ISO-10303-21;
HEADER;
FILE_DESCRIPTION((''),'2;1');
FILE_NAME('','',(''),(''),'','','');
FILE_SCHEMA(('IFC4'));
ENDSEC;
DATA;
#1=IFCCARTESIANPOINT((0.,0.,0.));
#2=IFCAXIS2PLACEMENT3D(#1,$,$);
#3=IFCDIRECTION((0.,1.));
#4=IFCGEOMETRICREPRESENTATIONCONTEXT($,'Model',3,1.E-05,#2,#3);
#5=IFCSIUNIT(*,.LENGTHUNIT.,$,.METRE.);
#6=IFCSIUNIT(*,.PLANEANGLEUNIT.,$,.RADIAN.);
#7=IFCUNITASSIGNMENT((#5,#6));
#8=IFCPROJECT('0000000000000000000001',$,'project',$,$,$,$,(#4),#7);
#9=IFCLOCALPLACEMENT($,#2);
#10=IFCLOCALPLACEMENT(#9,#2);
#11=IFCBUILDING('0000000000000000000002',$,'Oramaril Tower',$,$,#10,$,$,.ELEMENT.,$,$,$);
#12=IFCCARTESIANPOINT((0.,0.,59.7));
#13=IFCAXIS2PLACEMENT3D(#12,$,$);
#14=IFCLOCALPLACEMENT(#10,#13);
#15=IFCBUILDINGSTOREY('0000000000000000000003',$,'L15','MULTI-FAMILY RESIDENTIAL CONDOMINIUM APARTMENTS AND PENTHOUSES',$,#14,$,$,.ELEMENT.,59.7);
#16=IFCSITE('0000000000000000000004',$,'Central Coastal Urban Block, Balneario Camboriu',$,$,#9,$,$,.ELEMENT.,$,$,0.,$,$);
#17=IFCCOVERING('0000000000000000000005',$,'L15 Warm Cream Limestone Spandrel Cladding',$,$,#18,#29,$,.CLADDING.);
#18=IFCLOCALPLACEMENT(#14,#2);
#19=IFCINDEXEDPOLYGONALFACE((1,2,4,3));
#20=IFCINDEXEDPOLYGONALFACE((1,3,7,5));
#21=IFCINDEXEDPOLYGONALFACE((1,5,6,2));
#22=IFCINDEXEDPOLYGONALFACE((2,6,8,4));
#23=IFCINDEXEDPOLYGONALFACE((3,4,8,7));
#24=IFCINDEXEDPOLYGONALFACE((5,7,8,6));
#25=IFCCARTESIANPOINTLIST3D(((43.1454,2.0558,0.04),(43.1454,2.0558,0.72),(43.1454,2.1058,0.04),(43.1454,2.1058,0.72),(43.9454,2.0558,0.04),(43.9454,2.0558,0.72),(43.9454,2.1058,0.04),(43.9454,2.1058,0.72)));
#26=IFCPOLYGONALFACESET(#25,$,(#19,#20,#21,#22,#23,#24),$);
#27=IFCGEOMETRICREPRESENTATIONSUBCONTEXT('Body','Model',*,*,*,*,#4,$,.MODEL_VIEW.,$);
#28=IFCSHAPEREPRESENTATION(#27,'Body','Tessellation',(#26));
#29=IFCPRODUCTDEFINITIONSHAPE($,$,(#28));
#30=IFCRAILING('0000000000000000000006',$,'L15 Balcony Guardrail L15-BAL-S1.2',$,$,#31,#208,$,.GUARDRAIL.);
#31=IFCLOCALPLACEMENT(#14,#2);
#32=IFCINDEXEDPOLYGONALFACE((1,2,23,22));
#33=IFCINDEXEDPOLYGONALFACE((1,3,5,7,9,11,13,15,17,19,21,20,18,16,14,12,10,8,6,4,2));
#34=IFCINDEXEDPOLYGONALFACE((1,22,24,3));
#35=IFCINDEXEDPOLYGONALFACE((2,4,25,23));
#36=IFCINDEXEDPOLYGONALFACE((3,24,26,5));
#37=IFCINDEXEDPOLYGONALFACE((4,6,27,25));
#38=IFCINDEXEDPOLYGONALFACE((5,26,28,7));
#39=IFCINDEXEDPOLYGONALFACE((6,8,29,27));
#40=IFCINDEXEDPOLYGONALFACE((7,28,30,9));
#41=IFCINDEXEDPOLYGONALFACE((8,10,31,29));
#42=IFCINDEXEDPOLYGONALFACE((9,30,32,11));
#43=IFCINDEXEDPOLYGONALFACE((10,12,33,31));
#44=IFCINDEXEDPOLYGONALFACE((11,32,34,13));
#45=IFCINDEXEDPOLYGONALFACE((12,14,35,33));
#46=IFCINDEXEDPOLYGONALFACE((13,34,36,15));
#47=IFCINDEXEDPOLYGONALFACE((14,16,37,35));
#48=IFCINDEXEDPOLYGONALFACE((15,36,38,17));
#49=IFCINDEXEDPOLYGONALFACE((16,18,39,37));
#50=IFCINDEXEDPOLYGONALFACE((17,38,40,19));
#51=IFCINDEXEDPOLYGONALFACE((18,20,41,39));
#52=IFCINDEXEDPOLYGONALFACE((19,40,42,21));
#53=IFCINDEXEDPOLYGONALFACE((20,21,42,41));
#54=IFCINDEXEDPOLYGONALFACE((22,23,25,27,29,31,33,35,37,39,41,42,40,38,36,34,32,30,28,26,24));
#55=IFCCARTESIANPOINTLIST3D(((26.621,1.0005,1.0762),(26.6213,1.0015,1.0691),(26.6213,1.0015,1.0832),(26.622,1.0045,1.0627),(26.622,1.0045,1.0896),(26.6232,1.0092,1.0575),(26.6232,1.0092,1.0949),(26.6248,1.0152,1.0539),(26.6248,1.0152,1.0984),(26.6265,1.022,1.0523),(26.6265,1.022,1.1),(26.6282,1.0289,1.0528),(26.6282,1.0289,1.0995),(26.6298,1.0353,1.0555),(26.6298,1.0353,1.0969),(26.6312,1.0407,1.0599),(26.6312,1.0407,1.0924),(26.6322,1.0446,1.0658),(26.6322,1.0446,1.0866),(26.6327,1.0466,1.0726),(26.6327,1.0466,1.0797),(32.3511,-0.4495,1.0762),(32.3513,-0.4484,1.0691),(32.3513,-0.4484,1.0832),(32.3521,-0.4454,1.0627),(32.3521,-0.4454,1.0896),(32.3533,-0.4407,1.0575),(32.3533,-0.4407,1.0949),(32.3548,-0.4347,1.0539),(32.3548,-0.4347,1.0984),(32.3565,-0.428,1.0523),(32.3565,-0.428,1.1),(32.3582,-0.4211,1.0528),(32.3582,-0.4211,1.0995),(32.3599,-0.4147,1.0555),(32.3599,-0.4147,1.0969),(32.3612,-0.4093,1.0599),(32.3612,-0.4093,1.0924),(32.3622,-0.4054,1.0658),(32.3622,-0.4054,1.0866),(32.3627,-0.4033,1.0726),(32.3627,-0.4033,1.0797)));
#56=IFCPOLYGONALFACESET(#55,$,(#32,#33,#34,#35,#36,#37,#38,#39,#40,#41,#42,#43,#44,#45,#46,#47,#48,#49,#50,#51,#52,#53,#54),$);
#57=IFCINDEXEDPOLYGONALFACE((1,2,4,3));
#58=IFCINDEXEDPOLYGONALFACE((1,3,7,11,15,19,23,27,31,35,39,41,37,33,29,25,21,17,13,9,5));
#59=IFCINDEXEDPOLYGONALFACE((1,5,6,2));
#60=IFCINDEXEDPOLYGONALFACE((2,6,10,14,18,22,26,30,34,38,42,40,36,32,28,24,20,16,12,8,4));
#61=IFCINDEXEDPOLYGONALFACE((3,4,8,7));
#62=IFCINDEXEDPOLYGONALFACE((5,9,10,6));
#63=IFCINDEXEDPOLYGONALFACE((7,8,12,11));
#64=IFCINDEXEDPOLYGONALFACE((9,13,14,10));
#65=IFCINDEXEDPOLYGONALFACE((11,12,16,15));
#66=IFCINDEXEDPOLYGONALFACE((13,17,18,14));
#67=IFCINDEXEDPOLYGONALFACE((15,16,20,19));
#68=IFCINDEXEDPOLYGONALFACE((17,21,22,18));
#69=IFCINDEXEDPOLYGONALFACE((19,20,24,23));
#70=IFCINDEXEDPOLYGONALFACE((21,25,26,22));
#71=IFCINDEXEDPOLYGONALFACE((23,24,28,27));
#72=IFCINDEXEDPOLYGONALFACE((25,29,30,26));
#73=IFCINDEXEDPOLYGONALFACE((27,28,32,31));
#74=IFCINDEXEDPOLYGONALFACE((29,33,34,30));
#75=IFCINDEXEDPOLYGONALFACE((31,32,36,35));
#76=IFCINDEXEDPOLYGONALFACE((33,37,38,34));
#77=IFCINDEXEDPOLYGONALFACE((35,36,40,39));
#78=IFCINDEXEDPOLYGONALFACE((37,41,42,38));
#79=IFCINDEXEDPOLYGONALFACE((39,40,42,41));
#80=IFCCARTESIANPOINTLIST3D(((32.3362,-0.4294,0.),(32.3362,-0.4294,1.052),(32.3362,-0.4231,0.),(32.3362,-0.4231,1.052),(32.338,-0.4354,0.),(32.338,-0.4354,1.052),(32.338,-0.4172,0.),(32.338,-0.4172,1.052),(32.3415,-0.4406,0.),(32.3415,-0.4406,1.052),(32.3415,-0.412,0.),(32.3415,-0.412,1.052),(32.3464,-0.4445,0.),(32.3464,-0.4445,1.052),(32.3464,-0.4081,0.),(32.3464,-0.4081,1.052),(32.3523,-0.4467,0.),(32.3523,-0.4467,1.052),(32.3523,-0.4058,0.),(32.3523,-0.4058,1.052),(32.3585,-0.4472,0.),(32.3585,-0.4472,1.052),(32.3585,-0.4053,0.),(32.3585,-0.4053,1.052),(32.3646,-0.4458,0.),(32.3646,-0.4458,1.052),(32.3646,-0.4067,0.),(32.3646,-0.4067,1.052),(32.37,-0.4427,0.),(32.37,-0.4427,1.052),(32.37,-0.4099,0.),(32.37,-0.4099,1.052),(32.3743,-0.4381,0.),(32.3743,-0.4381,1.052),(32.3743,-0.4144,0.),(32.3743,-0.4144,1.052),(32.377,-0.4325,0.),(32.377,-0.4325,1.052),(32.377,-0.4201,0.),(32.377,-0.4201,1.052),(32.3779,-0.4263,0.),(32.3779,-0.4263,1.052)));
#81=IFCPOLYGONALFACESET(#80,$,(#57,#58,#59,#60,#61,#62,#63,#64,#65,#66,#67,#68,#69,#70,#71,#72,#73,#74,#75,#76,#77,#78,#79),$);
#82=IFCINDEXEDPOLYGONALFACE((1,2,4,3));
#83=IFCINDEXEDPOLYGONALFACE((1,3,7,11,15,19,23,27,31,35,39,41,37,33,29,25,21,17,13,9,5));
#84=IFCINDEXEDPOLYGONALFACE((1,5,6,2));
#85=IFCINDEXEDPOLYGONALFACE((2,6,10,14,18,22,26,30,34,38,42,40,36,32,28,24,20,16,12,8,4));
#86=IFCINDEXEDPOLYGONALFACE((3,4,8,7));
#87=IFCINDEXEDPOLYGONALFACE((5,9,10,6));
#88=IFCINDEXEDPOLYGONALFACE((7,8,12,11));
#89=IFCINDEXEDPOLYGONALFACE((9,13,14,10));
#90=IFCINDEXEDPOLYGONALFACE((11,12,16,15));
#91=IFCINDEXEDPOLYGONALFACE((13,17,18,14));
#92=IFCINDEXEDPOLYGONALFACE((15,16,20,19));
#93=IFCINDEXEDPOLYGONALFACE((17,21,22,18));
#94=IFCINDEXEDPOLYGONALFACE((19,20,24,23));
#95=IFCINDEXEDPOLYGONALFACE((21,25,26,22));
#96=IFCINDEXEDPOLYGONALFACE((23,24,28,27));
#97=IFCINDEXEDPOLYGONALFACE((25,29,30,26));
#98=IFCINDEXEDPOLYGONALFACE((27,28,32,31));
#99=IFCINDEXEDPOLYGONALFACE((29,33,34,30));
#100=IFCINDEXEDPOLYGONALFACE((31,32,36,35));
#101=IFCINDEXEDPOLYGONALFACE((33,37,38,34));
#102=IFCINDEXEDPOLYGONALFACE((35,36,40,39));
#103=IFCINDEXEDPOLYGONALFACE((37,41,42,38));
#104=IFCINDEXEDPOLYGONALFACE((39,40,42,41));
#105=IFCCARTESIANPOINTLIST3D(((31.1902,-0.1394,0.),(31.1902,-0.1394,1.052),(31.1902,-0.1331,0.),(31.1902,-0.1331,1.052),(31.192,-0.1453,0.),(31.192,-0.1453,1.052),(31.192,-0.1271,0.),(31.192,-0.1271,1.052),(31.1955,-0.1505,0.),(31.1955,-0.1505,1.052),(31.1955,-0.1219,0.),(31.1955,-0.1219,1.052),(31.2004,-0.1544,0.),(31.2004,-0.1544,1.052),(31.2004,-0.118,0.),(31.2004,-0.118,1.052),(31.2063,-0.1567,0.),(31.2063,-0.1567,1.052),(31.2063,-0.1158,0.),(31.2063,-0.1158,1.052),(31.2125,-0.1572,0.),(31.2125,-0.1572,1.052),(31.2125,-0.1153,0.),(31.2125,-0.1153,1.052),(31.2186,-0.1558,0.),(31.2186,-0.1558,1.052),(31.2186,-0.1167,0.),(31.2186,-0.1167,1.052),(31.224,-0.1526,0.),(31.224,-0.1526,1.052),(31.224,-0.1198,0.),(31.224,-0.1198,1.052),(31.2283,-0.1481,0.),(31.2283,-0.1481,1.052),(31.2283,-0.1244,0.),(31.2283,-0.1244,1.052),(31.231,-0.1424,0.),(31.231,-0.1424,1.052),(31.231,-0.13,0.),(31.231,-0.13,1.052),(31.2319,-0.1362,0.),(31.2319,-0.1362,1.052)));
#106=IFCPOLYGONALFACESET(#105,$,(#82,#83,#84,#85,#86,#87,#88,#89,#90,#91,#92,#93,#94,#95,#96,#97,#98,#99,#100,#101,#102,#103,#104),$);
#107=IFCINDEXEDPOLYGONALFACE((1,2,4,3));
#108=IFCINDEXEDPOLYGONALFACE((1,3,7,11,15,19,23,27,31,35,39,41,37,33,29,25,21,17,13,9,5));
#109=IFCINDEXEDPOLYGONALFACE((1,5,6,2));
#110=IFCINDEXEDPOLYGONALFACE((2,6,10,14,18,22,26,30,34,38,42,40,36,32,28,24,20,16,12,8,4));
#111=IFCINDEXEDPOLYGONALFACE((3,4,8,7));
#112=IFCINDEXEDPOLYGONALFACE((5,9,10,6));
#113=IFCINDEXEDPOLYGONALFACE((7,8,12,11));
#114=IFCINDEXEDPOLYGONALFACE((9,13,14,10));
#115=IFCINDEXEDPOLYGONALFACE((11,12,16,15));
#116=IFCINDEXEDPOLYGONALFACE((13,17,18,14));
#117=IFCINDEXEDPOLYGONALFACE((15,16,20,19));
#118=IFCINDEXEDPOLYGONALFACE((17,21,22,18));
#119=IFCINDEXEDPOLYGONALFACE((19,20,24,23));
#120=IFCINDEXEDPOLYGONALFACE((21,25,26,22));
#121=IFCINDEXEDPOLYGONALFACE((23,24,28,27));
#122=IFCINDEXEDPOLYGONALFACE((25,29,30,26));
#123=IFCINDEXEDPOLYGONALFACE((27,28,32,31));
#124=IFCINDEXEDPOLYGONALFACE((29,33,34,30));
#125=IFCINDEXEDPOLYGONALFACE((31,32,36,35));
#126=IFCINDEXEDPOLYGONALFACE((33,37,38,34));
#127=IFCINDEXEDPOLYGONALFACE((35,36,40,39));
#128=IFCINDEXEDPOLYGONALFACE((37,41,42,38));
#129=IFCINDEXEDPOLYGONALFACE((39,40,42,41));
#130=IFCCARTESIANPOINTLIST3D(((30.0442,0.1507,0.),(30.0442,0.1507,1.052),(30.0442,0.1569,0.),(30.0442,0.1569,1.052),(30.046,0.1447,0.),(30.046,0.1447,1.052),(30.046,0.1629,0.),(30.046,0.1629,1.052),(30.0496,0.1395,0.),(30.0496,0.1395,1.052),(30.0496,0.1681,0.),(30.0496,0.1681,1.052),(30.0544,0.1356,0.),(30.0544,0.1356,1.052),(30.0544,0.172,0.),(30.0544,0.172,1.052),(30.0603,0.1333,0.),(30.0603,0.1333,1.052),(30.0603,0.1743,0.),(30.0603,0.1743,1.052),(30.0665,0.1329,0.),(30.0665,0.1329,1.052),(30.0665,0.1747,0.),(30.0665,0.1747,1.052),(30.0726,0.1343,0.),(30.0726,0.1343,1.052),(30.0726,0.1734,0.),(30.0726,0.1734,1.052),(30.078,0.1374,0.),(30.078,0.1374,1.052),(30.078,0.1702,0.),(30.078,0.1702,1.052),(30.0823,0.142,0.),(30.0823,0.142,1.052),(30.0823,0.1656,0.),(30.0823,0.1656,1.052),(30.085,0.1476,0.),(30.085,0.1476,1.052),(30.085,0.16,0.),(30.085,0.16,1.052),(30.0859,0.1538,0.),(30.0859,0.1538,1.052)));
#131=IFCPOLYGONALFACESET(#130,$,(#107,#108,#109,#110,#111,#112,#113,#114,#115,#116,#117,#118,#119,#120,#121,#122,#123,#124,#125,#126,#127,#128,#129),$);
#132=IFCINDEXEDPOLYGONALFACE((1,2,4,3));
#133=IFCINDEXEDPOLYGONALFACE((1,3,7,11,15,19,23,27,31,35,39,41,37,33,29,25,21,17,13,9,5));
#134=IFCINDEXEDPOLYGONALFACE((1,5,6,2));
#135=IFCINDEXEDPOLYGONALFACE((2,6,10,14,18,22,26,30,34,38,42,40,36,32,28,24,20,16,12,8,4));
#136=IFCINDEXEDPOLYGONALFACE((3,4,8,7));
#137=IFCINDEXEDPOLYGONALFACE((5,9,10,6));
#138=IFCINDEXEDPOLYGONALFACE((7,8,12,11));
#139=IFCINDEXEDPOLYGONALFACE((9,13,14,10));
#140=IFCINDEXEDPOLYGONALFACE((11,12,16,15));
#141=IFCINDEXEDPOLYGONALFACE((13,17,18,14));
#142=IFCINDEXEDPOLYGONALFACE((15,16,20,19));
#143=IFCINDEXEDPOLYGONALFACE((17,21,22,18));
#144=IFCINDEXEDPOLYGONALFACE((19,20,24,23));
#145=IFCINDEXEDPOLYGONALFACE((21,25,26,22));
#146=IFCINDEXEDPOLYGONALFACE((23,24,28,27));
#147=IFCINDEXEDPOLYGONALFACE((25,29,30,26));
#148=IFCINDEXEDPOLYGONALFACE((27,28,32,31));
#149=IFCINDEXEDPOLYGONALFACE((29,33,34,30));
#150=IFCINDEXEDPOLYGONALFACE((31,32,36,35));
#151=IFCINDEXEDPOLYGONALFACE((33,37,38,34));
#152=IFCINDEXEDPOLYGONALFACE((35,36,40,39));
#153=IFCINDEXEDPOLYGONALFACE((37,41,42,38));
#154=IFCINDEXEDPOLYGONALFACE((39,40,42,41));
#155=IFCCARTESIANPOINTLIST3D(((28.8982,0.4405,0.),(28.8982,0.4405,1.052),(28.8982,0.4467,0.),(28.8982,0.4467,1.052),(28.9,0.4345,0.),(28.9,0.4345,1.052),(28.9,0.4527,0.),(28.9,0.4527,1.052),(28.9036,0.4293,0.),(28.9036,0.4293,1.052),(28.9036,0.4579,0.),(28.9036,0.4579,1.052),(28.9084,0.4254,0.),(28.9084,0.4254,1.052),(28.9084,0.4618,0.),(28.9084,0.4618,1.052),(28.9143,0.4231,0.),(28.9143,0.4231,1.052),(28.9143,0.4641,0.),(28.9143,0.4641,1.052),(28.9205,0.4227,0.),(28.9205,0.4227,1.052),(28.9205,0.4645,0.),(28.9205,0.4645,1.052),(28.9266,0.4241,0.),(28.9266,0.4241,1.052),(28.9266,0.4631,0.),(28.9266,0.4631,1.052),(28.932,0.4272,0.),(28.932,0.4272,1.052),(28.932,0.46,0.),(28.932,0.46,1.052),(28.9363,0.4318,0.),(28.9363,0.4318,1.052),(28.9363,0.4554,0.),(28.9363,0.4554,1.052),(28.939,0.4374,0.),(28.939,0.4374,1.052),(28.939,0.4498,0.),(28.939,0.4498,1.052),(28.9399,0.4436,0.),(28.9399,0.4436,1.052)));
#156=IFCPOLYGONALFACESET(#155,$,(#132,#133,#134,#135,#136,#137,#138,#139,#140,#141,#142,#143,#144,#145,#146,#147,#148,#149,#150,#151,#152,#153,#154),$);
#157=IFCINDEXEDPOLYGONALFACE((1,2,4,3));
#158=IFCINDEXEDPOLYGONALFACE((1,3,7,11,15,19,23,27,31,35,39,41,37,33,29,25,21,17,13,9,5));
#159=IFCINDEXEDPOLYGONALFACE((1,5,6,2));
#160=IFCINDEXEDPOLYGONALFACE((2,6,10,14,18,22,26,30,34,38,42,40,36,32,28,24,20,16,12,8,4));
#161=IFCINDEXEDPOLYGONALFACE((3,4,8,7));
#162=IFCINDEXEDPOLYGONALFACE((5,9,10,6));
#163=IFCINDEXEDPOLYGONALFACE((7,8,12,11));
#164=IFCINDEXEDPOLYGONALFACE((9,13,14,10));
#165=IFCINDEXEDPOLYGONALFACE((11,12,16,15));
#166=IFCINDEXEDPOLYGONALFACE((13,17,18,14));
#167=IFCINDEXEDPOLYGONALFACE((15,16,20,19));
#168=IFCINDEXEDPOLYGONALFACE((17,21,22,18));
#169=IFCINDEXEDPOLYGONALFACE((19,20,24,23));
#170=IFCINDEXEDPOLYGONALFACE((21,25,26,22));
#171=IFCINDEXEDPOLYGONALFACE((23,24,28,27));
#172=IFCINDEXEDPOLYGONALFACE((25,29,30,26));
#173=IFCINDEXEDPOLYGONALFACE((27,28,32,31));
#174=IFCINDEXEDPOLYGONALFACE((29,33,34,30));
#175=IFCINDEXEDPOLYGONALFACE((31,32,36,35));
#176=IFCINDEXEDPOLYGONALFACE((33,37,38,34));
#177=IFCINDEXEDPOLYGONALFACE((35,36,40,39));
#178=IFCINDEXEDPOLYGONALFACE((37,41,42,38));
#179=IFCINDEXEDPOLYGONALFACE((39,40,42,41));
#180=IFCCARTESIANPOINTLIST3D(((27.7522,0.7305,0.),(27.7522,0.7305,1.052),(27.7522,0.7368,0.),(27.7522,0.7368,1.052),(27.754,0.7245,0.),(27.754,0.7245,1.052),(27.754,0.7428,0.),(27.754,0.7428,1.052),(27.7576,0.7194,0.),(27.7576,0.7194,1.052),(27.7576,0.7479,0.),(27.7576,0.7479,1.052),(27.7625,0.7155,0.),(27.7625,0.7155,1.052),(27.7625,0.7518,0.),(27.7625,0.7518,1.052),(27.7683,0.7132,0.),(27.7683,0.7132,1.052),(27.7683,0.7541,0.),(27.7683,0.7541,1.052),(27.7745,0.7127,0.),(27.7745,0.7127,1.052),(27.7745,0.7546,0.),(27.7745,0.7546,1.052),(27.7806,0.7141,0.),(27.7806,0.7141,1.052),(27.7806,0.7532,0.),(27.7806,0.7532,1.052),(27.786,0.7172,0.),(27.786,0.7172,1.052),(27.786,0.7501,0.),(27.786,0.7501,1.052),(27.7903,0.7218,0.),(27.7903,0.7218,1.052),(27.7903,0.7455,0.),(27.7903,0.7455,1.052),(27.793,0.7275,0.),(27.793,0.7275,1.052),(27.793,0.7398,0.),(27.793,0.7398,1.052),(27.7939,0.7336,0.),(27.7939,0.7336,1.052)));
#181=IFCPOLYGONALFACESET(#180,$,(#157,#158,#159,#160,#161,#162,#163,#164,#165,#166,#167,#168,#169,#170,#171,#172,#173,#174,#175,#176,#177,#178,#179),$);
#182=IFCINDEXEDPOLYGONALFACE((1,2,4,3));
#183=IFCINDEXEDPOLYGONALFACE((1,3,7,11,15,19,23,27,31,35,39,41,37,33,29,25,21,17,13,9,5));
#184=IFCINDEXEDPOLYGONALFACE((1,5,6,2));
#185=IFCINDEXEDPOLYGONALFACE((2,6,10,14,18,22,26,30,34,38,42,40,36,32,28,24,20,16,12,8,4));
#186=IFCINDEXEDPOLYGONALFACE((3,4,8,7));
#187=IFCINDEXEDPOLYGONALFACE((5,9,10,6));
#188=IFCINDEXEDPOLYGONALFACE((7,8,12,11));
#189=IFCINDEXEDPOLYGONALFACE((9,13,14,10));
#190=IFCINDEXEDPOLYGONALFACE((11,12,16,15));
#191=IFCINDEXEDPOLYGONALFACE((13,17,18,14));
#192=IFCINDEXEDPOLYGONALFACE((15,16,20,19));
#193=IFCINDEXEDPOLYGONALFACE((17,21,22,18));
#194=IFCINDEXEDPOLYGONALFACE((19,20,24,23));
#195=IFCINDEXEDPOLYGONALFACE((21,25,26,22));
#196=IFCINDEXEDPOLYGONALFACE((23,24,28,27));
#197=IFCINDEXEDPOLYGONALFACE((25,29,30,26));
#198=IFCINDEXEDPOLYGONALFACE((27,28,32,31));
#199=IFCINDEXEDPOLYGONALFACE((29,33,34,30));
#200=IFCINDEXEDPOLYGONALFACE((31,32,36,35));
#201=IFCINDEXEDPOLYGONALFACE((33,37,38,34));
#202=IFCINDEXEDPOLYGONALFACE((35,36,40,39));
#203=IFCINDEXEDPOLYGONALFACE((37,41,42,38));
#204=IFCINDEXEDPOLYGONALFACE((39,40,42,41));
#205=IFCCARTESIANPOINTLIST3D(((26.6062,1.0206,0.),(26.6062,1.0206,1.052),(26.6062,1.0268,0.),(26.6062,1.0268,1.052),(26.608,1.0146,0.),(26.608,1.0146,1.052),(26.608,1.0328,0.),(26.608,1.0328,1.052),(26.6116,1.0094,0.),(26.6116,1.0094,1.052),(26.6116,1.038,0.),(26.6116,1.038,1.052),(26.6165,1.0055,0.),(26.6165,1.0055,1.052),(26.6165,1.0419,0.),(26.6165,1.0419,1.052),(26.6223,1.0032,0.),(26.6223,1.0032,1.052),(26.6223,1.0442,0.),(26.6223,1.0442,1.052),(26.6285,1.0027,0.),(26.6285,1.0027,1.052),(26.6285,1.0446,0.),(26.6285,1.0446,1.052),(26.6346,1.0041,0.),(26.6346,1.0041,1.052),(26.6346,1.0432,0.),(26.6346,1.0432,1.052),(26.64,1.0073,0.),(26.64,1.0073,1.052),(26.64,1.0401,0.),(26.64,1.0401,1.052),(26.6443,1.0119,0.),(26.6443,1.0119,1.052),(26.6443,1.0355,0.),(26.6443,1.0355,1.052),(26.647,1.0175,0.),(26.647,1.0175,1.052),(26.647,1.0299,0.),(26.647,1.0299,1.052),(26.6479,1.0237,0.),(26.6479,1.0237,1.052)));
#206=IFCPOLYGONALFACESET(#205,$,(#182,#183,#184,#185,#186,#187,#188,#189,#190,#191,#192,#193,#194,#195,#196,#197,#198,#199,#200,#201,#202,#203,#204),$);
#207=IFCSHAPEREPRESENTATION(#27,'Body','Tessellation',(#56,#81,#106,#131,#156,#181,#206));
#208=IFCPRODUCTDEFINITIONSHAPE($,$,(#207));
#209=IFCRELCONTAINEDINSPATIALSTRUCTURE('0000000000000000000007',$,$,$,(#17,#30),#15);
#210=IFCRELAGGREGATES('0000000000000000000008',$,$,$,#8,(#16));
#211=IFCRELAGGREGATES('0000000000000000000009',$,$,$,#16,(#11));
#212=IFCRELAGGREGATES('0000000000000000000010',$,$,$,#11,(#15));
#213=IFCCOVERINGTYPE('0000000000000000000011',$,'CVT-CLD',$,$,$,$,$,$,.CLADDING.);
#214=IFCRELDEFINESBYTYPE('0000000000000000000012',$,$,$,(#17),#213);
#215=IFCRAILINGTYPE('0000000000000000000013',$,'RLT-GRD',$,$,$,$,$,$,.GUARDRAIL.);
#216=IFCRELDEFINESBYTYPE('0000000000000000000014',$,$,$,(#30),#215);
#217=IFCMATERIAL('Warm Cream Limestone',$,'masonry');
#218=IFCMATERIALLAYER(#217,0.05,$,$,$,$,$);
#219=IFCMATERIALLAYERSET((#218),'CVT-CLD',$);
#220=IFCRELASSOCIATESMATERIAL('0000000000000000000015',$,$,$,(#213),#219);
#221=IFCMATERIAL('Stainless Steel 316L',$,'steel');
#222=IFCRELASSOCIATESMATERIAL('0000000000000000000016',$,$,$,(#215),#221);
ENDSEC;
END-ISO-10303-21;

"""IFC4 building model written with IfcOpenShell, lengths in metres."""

from ifc_helpers import new_model, si_unit, direction, frame, origin, origin_2d, place, context, subcontext, project, spatial, rectangle, circle, extrude, material, layer, layer_set, type_object, element, save


model = new_model("IFC4")

# Units and contexts
model_context = context("Model", 3, precision=1e-05, world=origin(), true_north=direction((0.0, 1.0)))
body_context = subcontext(model_context, "Body", "Model", "MODEL_VIEW")
ifc_project = project(units=[si_unit("LENGTHUNIT", "METRE"), si_unit("PLANEANGLEUNIT", "RADIAN")], contexts=[model_context])

# Site, building, storey
site_placement = place(None, origin())
site = spatial("IfcSite", under=ifc_project, at=site_placement, Name="Central Coastal Urban Block, Balneario Camboriu", CompositionType="ELEMENT", RefElevation=0.0)
building_placement = place(site_placement, origin())
building = spatial("IfcBuilding", under=site, at=building_placement, Name="Oramaril Tower", CompositionType="ELEMENT")
storey_placement = place(building_placement, frame((0.0, 0.0, 59.7)))
storey = spatial("IfcBuildingStorey", under=building, at=storey_placement, Name="L15", Description="MULTI-FAMILY RESIDENTIAL CONDOMINIUM APARTMENTS AND PENTHOUSES", CompositionType="ELEMENT", Elevation=59.7)

# Covering
ifc_material_1 = material(Name="Warm Cream Limestone", Category="masonry")
ifc_layer_1 = layer(ifc_material_1, 0.05)
ifc_layer_set_1 = layer_set([ifc_layer_1], Name="CVT-CLD")
covering_type = type_object("IfcCoveringType", Name="CVT-CLD", PredefinedType="CLADDING", material=ifc_layer_set_1)
covering_placement = place(storey_placement, frame((43.5454, 2.0808, 0.04), z_axis=(0.0, 0.0, 1.0), x_axis=(1.0, 0.0, 0.0)))
element("IfcCovering", 1, at=covering_placement, inside=storey, type_object=covering_type, Name="L15 Warm Cream Limestone Spandrel Cladding", PredefinedType="CLADDING", context=body_context, shape_type="SweptSolid", body=[
    extrude(rectangle(XDim=0.8, YDim=0.05, at=origin_2d()), origin(), (0.0, 0.0, 1.0), 0.6799),
])

# Railing
ifc_material_2 = material(Name="Stainless Steel 316L", Category="steel")
railing_type = type_object("IfcRailingType", Name="RLT-GRD", PredefinedType="GUARDRAIL", material=ifc_material_2)
railing_placement = place(storey_placement, frame((32.3569, -0.4263, 0.0)))
element("IfcRailing", 2, at=railing_placement, inside=storey, type_object=railing_type, Name="L15 Balcony Guardrail L15-BAL-S1.2", PredefinedType="GUARDRAIL", context=body_context, shape_type="SweptSolid", body=[
    extrude(circle(Radius=0.0239, at=origin_2d()), frame((0.0, 0.0, 1.0762), z_axis=(-0.969444, 0.245314, 0.0), x_axis=(-0.245314, -0.969444, 0.0)), (0.0, 0.0, 1.0), 5.9106),
    extrude(circle(Radius=0.021, at=origin_2d()), origin(), (0.0, 0.0, 1.0), 1.052),
    extrude(circle(Radius=0.021, at=origin_2d()), frame((-1.146, 0.29, 0.0)), (0.0, 0.0, 1.0), 1.052),
    extrude(circle(Radius=0.021, at=origin_2d()), frame((-2.292, 0.5801, 0.0)), (0.0, 0.0, 1.0), 1.052),
    extrude(circle(Radius=0.021, at=origin_2d()), frame((-3.438, 0.8699, 0.0)), (0.0, 0.0, 1.0), 1.052),
    extrude(circle(Radius=0.021, at=origin_2d()), frame((-4.584, 1.1599, 0.0)), (0.0, 0.0, 1.0), 1.052),
    extrude(circle(Radius=0.021, at=origin_2d()), frame((-5.73, 1.45, 0.0)), (0.0, 0.0, 1.0), 1.052),
])

save(model, "model.ifc")
